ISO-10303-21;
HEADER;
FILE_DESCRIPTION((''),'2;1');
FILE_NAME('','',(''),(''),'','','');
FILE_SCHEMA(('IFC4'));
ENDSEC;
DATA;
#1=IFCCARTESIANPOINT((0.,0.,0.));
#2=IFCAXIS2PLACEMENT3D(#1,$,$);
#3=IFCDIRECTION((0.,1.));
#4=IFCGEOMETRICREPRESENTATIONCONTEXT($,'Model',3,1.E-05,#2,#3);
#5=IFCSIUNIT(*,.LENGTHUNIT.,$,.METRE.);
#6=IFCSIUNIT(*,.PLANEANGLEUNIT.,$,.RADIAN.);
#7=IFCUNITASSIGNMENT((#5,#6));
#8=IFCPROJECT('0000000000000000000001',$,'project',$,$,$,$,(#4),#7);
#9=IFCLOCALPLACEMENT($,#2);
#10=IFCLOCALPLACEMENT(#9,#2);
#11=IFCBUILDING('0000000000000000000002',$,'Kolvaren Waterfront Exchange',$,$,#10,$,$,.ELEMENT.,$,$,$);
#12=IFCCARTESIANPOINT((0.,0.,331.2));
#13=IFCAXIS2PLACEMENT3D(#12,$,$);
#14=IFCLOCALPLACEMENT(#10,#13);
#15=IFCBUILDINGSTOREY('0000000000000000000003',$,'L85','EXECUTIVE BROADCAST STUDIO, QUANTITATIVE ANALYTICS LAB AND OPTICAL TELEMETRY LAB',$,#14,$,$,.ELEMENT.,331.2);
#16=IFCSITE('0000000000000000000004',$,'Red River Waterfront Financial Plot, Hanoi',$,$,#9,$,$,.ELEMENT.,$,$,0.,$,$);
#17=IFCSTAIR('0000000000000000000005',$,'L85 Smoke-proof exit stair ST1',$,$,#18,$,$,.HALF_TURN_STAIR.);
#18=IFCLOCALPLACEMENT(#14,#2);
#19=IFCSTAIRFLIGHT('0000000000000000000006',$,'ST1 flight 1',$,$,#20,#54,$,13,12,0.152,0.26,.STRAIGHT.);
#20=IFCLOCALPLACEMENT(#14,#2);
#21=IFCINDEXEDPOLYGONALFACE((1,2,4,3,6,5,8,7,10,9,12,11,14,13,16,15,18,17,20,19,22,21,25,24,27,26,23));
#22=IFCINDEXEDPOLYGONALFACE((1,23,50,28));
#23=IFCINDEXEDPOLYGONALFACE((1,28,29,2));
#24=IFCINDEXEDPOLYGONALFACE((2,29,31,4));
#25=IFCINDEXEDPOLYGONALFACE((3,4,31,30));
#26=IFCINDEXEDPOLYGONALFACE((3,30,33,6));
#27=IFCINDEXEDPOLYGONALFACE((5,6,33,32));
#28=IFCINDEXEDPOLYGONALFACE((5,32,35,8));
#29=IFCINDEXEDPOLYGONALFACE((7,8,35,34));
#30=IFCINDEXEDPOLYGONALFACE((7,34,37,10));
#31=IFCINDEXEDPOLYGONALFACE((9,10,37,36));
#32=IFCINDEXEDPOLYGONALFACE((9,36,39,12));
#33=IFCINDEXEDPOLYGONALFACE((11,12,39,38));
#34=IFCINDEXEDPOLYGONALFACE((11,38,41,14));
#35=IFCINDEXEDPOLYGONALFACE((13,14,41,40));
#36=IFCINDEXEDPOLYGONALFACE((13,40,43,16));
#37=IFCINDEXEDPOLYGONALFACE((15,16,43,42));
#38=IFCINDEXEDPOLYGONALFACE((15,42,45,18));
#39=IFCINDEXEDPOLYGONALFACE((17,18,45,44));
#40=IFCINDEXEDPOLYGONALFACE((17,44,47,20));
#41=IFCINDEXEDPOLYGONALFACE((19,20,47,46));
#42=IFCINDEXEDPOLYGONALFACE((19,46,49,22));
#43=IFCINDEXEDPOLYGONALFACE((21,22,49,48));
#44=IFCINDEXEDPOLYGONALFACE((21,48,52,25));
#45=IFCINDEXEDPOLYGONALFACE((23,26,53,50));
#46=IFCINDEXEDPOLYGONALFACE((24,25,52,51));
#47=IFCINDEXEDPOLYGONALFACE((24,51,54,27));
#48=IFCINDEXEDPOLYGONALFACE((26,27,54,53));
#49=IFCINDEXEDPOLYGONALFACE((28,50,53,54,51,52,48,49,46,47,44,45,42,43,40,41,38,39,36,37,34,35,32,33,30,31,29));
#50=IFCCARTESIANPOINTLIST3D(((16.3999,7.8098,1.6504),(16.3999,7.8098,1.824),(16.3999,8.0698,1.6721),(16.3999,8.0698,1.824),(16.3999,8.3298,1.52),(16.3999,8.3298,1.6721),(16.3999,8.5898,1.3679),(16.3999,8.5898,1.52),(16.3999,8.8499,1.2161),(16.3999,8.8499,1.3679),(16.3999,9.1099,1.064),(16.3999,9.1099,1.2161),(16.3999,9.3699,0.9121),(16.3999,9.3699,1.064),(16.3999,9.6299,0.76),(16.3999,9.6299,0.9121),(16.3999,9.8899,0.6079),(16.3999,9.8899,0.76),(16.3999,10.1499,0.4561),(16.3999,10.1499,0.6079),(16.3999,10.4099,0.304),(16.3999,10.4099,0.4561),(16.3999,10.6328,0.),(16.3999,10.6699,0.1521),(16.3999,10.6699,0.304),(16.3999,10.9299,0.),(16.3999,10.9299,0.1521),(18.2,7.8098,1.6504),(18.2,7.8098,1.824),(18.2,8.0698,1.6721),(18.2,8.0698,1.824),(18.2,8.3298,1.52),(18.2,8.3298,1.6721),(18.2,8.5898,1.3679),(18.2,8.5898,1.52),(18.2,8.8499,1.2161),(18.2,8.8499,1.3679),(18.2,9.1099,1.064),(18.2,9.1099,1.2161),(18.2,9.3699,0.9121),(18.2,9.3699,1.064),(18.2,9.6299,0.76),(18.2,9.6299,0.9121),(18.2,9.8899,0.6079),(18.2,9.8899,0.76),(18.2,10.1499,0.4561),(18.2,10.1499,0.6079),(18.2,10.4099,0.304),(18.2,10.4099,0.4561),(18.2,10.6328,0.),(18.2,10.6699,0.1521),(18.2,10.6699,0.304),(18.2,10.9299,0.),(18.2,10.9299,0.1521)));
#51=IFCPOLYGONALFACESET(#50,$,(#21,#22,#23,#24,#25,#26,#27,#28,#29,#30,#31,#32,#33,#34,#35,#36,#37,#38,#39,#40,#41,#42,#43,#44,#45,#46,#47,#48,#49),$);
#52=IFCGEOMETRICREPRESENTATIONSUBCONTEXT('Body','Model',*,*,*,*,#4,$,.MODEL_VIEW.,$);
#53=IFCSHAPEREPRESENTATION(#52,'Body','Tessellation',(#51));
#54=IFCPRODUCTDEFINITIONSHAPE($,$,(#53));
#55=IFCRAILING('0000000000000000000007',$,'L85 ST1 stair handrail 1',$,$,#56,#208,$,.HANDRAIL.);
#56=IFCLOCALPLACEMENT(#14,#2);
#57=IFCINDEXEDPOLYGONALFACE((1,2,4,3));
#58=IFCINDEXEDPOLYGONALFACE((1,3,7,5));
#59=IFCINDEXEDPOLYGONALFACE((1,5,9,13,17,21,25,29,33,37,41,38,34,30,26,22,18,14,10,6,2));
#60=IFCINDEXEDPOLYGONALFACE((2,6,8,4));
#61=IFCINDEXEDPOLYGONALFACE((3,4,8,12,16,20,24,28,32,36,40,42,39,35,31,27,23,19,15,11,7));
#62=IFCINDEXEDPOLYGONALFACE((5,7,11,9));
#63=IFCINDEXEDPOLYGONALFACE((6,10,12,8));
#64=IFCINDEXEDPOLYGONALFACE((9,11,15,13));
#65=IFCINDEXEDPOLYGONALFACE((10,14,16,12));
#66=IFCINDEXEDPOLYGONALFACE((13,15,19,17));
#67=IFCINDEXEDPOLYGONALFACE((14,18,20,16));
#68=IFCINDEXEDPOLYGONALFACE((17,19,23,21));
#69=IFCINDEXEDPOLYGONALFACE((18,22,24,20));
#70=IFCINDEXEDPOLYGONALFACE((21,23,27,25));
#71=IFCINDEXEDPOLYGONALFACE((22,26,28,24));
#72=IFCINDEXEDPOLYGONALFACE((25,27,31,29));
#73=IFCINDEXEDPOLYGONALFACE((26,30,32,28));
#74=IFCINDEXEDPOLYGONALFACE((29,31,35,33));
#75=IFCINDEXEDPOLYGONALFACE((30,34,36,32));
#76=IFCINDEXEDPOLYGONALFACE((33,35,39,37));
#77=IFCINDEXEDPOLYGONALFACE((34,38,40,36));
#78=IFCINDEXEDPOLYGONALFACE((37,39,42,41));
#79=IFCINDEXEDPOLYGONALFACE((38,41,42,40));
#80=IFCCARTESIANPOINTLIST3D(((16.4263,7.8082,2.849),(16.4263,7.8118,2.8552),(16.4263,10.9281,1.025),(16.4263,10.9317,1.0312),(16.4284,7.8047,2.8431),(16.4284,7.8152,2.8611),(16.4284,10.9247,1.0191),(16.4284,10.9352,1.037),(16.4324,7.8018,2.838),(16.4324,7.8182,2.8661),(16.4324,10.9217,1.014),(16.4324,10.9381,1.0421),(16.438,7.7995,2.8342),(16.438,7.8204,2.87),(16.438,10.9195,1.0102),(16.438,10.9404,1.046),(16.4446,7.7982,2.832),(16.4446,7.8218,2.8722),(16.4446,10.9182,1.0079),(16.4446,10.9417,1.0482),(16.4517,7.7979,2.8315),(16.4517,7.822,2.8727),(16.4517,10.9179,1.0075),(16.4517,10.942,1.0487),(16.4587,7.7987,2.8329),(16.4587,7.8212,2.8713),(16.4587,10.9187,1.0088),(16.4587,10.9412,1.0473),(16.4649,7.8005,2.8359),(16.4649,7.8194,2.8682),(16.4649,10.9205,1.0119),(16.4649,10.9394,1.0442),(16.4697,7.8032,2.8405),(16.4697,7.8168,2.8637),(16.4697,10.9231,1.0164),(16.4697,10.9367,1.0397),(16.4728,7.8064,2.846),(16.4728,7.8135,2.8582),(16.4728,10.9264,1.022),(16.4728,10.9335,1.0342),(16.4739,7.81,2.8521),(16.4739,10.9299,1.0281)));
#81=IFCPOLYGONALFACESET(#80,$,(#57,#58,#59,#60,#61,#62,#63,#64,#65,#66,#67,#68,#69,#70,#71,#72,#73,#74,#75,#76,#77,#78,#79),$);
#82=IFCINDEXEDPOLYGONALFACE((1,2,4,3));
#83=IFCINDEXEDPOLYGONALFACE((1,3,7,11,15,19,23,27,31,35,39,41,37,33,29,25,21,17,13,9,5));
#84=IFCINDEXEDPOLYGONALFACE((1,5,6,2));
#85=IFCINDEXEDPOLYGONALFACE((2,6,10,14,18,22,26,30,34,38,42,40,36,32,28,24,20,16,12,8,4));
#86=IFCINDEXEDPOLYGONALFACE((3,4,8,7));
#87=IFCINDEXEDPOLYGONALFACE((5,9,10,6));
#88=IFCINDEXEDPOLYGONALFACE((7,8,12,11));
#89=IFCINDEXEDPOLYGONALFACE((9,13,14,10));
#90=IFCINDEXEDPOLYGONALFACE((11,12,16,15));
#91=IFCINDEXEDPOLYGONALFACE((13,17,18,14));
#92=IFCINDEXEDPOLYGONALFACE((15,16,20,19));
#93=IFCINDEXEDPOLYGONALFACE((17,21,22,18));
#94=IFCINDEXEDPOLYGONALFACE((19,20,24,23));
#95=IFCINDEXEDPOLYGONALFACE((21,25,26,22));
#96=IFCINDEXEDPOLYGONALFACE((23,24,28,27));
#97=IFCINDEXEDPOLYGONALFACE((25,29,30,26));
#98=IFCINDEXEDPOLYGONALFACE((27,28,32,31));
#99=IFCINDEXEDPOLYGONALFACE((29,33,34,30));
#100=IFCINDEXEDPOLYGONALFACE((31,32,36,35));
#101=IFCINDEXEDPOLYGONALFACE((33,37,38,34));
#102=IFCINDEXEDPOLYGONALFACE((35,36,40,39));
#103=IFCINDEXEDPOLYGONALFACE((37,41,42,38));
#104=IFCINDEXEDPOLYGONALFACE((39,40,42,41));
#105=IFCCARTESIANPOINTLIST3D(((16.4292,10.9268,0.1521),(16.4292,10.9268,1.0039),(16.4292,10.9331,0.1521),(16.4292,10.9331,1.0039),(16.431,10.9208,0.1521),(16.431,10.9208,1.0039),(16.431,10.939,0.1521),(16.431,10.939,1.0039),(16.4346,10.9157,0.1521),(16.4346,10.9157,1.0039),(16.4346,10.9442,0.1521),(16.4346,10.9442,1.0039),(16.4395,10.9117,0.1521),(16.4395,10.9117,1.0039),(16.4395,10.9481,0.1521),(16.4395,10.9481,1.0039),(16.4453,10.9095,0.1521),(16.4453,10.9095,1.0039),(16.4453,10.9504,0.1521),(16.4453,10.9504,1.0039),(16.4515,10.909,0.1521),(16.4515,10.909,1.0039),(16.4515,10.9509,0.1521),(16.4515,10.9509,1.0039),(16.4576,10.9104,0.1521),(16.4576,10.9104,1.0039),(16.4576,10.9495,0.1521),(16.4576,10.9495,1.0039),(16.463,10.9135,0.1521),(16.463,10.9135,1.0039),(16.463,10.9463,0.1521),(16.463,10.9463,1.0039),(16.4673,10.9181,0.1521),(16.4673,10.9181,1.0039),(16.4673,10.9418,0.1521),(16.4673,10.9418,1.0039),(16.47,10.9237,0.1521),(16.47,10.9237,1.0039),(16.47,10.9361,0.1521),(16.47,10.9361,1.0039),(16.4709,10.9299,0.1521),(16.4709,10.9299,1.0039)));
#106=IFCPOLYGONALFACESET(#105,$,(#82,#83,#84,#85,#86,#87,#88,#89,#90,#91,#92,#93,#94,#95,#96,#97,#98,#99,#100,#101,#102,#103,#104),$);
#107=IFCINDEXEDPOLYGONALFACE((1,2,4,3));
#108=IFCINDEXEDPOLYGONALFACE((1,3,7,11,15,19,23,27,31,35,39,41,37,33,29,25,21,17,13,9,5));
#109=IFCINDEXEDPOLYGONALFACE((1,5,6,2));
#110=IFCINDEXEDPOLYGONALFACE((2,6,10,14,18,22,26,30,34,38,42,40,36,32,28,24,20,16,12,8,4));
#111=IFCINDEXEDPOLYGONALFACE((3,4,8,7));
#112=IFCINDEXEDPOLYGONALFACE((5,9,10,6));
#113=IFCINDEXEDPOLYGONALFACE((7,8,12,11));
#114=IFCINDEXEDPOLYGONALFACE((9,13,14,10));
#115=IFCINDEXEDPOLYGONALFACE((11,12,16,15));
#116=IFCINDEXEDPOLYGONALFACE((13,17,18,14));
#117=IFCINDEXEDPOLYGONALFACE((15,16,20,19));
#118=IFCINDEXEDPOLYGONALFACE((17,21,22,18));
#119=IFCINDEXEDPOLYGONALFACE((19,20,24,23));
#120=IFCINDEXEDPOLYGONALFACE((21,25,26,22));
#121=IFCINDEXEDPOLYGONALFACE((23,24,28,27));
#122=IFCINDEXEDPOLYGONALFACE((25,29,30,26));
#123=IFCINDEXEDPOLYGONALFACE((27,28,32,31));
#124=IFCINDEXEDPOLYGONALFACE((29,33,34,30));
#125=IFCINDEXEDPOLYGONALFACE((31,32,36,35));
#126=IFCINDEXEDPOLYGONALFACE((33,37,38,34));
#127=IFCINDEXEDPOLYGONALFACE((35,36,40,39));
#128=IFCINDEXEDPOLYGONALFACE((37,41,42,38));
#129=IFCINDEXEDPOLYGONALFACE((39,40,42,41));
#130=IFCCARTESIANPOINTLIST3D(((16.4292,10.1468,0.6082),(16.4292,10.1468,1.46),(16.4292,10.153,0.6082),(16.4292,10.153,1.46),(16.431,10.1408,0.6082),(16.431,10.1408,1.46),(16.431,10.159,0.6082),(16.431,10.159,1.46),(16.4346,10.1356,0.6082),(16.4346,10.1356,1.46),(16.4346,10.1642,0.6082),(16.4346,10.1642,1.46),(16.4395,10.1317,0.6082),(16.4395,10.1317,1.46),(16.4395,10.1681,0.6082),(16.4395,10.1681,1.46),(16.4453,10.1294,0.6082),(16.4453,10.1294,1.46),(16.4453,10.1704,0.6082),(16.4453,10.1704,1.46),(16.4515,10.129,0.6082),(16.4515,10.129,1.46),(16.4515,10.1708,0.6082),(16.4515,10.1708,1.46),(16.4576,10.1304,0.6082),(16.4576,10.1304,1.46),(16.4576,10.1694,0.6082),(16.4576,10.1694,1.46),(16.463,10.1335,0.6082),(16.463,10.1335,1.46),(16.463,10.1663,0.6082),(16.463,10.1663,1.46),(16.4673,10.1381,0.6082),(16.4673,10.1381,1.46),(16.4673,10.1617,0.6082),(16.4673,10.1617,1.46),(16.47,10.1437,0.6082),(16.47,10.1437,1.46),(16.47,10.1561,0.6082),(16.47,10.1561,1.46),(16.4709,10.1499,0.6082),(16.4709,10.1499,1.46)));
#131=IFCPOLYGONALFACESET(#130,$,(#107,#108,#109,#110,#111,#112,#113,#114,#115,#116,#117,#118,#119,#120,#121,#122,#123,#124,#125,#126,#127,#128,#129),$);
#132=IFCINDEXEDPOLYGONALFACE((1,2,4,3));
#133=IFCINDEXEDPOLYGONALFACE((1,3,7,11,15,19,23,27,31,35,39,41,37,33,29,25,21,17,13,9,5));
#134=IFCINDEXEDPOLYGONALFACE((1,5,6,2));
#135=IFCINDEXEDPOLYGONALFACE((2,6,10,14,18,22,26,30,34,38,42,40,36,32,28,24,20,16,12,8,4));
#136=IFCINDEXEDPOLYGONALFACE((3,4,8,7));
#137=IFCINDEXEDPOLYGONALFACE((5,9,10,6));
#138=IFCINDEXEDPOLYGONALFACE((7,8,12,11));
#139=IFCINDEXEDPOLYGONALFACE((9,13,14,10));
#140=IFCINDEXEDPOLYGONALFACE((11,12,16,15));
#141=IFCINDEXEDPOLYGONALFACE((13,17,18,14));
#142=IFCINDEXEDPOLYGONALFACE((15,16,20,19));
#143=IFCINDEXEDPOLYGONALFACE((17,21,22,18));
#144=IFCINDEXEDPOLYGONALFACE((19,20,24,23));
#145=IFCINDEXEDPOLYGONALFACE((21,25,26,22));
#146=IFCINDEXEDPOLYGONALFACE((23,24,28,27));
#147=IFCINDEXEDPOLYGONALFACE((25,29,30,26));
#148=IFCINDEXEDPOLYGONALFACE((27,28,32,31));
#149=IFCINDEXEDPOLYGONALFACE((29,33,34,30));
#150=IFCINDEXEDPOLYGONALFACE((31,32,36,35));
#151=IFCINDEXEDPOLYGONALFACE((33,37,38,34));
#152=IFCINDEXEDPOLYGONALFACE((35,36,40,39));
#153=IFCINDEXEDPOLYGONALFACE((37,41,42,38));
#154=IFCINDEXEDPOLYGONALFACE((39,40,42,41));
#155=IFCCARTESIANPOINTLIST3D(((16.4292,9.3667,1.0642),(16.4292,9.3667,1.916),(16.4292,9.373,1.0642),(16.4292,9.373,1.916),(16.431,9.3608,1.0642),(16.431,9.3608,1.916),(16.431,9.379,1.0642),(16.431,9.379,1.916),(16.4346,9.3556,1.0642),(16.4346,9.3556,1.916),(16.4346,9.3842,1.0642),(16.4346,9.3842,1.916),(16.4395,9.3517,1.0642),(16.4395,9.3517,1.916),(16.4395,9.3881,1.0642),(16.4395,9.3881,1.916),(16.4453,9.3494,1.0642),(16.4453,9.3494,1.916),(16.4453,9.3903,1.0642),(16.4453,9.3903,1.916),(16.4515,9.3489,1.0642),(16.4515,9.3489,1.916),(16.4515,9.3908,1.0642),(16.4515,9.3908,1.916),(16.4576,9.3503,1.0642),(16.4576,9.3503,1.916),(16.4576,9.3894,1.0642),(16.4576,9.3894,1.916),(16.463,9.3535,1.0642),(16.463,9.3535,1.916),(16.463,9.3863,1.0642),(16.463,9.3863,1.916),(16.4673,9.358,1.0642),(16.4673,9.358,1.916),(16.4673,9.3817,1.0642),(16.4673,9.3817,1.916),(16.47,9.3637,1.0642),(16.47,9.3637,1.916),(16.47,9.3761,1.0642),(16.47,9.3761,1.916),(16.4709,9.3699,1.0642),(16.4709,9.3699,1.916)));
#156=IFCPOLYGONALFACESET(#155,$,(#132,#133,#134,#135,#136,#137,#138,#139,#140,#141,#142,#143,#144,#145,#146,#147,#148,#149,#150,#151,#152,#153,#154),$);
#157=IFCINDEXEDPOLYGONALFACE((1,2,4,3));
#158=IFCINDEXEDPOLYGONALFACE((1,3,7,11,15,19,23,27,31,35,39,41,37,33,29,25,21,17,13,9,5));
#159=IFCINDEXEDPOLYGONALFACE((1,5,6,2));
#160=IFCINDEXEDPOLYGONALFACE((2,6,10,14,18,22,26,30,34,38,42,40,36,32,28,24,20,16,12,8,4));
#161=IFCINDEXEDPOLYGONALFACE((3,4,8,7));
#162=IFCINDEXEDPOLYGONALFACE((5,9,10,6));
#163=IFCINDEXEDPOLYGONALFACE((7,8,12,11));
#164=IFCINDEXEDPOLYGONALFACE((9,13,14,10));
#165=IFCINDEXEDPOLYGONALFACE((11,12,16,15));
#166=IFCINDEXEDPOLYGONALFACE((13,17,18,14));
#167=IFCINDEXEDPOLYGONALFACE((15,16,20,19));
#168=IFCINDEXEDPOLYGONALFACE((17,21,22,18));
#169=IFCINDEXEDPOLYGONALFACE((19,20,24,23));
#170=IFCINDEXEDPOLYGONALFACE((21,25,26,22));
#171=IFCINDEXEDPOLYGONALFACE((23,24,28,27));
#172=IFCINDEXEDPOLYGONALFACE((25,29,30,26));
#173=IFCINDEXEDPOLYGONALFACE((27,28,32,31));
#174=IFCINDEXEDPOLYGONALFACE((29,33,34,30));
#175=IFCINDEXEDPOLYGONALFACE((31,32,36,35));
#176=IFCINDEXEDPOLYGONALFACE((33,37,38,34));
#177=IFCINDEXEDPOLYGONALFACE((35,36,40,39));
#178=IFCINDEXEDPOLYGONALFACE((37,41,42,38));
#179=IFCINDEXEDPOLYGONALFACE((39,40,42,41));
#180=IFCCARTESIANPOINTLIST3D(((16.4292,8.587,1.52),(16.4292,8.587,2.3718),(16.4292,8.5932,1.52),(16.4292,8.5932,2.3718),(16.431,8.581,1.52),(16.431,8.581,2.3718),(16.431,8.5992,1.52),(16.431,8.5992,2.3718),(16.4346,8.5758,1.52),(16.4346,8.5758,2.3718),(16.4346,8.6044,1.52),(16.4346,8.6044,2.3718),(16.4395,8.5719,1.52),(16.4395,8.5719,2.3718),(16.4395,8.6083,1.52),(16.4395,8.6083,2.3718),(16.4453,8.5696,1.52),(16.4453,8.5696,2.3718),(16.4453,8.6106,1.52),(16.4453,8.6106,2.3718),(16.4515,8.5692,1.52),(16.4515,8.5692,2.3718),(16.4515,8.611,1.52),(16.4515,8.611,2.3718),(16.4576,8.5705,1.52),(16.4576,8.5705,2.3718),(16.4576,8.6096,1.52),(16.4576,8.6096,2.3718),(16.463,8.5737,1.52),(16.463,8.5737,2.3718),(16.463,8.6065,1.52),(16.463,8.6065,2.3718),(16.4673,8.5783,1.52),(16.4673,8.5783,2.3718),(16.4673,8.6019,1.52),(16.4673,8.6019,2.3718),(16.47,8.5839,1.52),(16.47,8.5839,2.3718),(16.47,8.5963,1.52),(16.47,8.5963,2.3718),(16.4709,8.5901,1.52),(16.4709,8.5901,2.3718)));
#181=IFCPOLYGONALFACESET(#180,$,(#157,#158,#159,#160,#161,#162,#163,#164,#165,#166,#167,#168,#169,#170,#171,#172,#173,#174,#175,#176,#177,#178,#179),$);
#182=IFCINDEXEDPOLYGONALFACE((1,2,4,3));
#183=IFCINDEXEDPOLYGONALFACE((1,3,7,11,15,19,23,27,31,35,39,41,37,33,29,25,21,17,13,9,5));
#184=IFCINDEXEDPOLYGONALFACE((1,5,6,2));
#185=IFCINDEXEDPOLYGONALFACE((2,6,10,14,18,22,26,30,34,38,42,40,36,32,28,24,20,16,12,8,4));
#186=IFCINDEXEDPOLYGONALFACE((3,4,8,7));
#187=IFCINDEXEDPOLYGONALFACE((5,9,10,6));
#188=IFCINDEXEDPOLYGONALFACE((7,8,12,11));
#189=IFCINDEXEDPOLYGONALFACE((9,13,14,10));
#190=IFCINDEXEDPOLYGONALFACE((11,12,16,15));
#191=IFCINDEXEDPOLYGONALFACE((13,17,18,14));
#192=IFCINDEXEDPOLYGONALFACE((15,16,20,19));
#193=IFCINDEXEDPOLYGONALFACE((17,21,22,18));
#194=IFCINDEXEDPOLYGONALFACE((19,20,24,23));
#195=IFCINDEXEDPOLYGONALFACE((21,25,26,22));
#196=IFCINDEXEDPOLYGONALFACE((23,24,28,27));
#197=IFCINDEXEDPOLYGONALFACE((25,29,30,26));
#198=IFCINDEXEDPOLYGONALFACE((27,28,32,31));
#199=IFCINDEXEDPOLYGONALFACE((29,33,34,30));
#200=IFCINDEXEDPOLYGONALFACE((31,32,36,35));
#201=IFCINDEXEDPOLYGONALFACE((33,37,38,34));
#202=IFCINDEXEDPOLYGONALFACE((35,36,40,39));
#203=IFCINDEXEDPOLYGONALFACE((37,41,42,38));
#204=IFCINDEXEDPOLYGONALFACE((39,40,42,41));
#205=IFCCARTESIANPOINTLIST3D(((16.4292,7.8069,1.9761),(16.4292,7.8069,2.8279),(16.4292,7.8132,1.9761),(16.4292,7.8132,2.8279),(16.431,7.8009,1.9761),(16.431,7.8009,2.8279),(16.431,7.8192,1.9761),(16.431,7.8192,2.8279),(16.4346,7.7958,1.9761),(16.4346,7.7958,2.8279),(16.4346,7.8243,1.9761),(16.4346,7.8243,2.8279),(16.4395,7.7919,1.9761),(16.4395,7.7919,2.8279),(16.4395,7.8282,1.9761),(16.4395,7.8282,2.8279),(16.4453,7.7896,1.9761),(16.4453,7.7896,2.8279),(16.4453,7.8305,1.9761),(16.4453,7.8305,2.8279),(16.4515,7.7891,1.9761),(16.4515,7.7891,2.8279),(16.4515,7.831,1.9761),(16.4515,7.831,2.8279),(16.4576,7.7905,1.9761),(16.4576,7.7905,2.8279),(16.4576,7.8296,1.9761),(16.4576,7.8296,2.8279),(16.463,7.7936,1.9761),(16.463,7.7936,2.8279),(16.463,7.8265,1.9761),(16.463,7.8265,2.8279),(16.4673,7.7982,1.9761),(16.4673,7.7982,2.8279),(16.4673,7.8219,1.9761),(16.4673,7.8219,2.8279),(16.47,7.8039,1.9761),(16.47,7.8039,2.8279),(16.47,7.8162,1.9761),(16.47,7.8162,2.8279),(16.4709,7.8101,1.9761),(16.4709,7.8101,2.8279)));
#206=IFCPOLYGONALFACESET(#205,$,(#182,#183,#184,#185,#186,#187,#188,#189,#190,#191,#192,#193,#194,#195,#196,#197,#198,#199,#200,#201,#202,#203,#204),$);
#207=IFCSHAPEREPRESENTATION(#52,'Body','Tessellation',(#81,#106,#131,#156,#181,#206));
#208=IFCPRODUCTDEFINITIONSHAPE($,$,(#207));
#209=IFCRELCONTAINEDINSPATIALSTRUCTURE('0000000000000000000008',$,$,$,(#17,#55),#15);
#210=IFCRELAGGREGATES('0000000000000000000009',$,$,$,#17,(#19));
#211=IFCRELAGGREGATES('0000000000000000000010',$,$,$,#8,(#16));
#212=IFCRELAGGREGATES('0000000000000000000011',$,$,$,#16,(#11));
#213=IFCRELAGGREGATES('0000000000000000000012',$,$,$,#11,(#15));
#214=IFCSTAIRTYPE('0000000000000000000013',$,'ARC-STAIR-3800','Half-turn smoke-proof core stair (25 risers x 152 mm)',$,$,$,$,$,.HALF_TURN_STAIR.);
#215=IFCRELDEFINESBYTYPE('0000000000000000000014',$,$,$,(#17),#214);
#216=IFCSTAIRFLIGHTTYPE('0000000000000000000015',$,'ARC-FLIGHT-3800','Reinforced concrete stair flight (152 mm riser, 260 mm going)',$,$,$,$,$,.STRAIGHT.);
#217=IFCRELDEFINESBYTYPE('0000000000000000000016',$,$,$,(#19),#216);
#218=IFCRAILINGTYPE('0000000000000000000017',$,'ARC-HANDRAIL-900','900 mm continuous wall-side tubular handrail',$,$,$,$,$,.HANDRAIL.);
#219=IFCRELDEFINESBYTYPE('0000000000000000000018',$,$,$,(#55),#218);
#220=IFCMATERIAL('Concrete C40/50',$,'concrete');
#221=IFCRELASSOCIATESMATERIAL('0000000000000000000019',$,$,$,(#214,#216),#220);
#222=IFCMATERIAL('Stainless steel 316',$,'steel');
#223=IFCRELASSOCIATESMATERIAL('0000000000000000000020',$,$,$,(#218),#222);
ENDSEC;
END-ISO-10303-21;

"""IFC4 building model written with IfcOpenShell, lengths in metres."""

from ifc_helpers import new_model, si_unit, direction, frame, origin, origin_2d, place, context, subcontext, project, spatial, polyline, circle, outline, extrude, material, type_object, element, aggregate, save


model = new_model("IFC4")

# Units and contexts
model_context = context("Model", 3, precision=1e-05, world=origin(), true_north=direction((0.0, 1.0)))
body_context = subcontext(model_context, "Body", "Model", "MODEL_VIEW")
ifc_project = project(units=[si_unit("LENGTHUNIT", "METRE"), si_unit("PLANEANGLEUNIT", "RADIAN")], contexts=[model_context])

# Site, building, storey
site_placement = place(None, origin())
site = spatial("IfcSite", under=ifc_project, at=site_placement, Name="Red River Waterfront Financial Plot, Hanoi", CompositionType="ELEMENT", RefElevation=0.0)
building_placement = place(site_placement, origin())
building = spatial("IfcBuilding", under=site, at=building_placement, Name="Kolvaren Waterfront Exchange", CompositionType="ELEMENT")
storey_placement = place(building_placement, frame((0.0, 0.0, 331.2)))
storey = spatial("IfcBuildingStorey", under=building, at=storey_placement, Name="L85", Description="EXECUTIVE BROADCAST STUDIO, QUANTITATIVE ANALYTICS LAB AND OPTICAL TELEMETRY LAB", CompositionType="ELEMENT", Elevation=331.2)

# Shared definitions
ifc_material_1 = material(Name="Concrete C40/50", Category="concrete")

# Stair, stair flight
stair_type = type_object("IfcStairType", Name="ARC-STAIR-3800", Description="Half-turn smoke-proof core stair (25 risers x 152 mm)", PredefinedType="HALF_TURN_STAIR", material=ifc_material_1)
stair_placement = place(storey_placement, origin())
stair = element("IfcStair", 1, at=stair_placement, inside=storey, type_object=stair_type, Name="L85 Smoke-proof exit stair ST1", PredefinedType="HALF_TURN_STAIR")
stair_flight_type = type_object("IfcStairFlightType", Name="ARC-FLIGHT-3800", Description="Reinforced concrete stair flight (152 mm riser, 260 mm going)", PredefinedType="STRAIGHT", material=ifc_material_1)
stair_flight_placement = place(storey_placement, frame((17.3, 10.9299, 0.0), z_axis=(0.0, 0.0, 1.0), x_axis=(0.0, -1.0, 0.0)))
stair_flight = element("IfcStairFlight", 2, at=stair_flight_placement, type_object=stair_flight_type, Name="ST1 flight 1", NumberOfRisers=13, NumberOfTreads=12, PredefinedType="STRAIGHT", RiserHeight=0.152, TreadLength=0.26, context=body_context, shape_type="SweptSolid", body=[
    extrude(outline(polyline([(0.0, 0.0), (0.0, 0.1521), (0.26, 0.1521), (0.26, 0.304), (0.52, 0.304), (0.52, 0.4561), (0.78, 0.4561), (0.78, 0.6079), (1.04, 0.6079), (1.04, 0.76), (1.3, 0.76), (1.3, 0.9121), (1.5601, 0.9121), (1.5601, 1.064), (1.8201, 1.064), (1.8201, 1.2161), (2.0801, 1.2161), (2.0801, 1.3679), (2.3401, 1.3679), (2.3401, 1.52), (2.6001, 1.52), (2.6001, 1.6721), (2.8601, 1.6721), (2.8601, 1.824), (3.1201, 1.824), (3.1201, 1.9761), (3.1201, 1.6504), (0.2971, 0.0), (0.0, 0.0)])), frame((0.0, 0.8999, 0.0), z_axis=(0.0, -1.0, 0.0), x_axis=(1.0, 0.0, 0.0)), (0.0, 0.0, 1.0), 1.8),
])
aggregate(stair, [stair_flight])

# Railing
ifc_material_2 = material(Name="Stainless steel 316", Category="steel")
railing_type = type_object("IfcRailingType", Name="ARC-HANDRAIL-900", Description="900 mm continuous wall-side tubular handrail", PredefinedType="HANDRAIL", material=ifc_material_2)
railing_1_placement = place(storey_placement, frame((16.45, 10.9299, 0.1521)))
element("IfcRailing", 3, at=railing_1_placement, inside=storey, type_object=railing_type, Name="L85 ST1 stair handrail 1", PredefinedType="HANDRAIL", context=body_context, shape_type="SweptSolid", body=[
    extrude(circle(Radius=0.0239, at=origin_2d()), frame((0.0, 0.0, 0.876), z_axis=(0.0, -0.863291, 0.504707), x_axis=(1.0, 0.0, 0.0)), (0.0, 0.0, 1.0), 3.614),
    extrude(circle(Radius=0.021, at=origin_2d()), origin(), (0.0, 0.0, 1.0), 0.8518),
    extrude(circle(Radius=0.021, at=origin_2d()), frame((0.0, -0.78, 0.4561)), (0.0, 0.0, 1.0), 0.8518),
    extrude(circle(Radius=0.021, at=origin_2d()), frame((0.0, -1.5601, 0.9121)), (0.0, 0.0, 1.0), 0.8518),
    extrude(circle(Radius=0.021, at=origin_2d()), frame((0.0, -2.3398, 1.3679)), (0.0, 0.0, 1.0), 0.8518),
    extrude(circle(Radius=0.021, at=origin_2d()), frame((0.0, -3.1199, 1.824)), (0.0, 0.0, 1.0), 0.8518),
])

save(model, "model.ifc")
